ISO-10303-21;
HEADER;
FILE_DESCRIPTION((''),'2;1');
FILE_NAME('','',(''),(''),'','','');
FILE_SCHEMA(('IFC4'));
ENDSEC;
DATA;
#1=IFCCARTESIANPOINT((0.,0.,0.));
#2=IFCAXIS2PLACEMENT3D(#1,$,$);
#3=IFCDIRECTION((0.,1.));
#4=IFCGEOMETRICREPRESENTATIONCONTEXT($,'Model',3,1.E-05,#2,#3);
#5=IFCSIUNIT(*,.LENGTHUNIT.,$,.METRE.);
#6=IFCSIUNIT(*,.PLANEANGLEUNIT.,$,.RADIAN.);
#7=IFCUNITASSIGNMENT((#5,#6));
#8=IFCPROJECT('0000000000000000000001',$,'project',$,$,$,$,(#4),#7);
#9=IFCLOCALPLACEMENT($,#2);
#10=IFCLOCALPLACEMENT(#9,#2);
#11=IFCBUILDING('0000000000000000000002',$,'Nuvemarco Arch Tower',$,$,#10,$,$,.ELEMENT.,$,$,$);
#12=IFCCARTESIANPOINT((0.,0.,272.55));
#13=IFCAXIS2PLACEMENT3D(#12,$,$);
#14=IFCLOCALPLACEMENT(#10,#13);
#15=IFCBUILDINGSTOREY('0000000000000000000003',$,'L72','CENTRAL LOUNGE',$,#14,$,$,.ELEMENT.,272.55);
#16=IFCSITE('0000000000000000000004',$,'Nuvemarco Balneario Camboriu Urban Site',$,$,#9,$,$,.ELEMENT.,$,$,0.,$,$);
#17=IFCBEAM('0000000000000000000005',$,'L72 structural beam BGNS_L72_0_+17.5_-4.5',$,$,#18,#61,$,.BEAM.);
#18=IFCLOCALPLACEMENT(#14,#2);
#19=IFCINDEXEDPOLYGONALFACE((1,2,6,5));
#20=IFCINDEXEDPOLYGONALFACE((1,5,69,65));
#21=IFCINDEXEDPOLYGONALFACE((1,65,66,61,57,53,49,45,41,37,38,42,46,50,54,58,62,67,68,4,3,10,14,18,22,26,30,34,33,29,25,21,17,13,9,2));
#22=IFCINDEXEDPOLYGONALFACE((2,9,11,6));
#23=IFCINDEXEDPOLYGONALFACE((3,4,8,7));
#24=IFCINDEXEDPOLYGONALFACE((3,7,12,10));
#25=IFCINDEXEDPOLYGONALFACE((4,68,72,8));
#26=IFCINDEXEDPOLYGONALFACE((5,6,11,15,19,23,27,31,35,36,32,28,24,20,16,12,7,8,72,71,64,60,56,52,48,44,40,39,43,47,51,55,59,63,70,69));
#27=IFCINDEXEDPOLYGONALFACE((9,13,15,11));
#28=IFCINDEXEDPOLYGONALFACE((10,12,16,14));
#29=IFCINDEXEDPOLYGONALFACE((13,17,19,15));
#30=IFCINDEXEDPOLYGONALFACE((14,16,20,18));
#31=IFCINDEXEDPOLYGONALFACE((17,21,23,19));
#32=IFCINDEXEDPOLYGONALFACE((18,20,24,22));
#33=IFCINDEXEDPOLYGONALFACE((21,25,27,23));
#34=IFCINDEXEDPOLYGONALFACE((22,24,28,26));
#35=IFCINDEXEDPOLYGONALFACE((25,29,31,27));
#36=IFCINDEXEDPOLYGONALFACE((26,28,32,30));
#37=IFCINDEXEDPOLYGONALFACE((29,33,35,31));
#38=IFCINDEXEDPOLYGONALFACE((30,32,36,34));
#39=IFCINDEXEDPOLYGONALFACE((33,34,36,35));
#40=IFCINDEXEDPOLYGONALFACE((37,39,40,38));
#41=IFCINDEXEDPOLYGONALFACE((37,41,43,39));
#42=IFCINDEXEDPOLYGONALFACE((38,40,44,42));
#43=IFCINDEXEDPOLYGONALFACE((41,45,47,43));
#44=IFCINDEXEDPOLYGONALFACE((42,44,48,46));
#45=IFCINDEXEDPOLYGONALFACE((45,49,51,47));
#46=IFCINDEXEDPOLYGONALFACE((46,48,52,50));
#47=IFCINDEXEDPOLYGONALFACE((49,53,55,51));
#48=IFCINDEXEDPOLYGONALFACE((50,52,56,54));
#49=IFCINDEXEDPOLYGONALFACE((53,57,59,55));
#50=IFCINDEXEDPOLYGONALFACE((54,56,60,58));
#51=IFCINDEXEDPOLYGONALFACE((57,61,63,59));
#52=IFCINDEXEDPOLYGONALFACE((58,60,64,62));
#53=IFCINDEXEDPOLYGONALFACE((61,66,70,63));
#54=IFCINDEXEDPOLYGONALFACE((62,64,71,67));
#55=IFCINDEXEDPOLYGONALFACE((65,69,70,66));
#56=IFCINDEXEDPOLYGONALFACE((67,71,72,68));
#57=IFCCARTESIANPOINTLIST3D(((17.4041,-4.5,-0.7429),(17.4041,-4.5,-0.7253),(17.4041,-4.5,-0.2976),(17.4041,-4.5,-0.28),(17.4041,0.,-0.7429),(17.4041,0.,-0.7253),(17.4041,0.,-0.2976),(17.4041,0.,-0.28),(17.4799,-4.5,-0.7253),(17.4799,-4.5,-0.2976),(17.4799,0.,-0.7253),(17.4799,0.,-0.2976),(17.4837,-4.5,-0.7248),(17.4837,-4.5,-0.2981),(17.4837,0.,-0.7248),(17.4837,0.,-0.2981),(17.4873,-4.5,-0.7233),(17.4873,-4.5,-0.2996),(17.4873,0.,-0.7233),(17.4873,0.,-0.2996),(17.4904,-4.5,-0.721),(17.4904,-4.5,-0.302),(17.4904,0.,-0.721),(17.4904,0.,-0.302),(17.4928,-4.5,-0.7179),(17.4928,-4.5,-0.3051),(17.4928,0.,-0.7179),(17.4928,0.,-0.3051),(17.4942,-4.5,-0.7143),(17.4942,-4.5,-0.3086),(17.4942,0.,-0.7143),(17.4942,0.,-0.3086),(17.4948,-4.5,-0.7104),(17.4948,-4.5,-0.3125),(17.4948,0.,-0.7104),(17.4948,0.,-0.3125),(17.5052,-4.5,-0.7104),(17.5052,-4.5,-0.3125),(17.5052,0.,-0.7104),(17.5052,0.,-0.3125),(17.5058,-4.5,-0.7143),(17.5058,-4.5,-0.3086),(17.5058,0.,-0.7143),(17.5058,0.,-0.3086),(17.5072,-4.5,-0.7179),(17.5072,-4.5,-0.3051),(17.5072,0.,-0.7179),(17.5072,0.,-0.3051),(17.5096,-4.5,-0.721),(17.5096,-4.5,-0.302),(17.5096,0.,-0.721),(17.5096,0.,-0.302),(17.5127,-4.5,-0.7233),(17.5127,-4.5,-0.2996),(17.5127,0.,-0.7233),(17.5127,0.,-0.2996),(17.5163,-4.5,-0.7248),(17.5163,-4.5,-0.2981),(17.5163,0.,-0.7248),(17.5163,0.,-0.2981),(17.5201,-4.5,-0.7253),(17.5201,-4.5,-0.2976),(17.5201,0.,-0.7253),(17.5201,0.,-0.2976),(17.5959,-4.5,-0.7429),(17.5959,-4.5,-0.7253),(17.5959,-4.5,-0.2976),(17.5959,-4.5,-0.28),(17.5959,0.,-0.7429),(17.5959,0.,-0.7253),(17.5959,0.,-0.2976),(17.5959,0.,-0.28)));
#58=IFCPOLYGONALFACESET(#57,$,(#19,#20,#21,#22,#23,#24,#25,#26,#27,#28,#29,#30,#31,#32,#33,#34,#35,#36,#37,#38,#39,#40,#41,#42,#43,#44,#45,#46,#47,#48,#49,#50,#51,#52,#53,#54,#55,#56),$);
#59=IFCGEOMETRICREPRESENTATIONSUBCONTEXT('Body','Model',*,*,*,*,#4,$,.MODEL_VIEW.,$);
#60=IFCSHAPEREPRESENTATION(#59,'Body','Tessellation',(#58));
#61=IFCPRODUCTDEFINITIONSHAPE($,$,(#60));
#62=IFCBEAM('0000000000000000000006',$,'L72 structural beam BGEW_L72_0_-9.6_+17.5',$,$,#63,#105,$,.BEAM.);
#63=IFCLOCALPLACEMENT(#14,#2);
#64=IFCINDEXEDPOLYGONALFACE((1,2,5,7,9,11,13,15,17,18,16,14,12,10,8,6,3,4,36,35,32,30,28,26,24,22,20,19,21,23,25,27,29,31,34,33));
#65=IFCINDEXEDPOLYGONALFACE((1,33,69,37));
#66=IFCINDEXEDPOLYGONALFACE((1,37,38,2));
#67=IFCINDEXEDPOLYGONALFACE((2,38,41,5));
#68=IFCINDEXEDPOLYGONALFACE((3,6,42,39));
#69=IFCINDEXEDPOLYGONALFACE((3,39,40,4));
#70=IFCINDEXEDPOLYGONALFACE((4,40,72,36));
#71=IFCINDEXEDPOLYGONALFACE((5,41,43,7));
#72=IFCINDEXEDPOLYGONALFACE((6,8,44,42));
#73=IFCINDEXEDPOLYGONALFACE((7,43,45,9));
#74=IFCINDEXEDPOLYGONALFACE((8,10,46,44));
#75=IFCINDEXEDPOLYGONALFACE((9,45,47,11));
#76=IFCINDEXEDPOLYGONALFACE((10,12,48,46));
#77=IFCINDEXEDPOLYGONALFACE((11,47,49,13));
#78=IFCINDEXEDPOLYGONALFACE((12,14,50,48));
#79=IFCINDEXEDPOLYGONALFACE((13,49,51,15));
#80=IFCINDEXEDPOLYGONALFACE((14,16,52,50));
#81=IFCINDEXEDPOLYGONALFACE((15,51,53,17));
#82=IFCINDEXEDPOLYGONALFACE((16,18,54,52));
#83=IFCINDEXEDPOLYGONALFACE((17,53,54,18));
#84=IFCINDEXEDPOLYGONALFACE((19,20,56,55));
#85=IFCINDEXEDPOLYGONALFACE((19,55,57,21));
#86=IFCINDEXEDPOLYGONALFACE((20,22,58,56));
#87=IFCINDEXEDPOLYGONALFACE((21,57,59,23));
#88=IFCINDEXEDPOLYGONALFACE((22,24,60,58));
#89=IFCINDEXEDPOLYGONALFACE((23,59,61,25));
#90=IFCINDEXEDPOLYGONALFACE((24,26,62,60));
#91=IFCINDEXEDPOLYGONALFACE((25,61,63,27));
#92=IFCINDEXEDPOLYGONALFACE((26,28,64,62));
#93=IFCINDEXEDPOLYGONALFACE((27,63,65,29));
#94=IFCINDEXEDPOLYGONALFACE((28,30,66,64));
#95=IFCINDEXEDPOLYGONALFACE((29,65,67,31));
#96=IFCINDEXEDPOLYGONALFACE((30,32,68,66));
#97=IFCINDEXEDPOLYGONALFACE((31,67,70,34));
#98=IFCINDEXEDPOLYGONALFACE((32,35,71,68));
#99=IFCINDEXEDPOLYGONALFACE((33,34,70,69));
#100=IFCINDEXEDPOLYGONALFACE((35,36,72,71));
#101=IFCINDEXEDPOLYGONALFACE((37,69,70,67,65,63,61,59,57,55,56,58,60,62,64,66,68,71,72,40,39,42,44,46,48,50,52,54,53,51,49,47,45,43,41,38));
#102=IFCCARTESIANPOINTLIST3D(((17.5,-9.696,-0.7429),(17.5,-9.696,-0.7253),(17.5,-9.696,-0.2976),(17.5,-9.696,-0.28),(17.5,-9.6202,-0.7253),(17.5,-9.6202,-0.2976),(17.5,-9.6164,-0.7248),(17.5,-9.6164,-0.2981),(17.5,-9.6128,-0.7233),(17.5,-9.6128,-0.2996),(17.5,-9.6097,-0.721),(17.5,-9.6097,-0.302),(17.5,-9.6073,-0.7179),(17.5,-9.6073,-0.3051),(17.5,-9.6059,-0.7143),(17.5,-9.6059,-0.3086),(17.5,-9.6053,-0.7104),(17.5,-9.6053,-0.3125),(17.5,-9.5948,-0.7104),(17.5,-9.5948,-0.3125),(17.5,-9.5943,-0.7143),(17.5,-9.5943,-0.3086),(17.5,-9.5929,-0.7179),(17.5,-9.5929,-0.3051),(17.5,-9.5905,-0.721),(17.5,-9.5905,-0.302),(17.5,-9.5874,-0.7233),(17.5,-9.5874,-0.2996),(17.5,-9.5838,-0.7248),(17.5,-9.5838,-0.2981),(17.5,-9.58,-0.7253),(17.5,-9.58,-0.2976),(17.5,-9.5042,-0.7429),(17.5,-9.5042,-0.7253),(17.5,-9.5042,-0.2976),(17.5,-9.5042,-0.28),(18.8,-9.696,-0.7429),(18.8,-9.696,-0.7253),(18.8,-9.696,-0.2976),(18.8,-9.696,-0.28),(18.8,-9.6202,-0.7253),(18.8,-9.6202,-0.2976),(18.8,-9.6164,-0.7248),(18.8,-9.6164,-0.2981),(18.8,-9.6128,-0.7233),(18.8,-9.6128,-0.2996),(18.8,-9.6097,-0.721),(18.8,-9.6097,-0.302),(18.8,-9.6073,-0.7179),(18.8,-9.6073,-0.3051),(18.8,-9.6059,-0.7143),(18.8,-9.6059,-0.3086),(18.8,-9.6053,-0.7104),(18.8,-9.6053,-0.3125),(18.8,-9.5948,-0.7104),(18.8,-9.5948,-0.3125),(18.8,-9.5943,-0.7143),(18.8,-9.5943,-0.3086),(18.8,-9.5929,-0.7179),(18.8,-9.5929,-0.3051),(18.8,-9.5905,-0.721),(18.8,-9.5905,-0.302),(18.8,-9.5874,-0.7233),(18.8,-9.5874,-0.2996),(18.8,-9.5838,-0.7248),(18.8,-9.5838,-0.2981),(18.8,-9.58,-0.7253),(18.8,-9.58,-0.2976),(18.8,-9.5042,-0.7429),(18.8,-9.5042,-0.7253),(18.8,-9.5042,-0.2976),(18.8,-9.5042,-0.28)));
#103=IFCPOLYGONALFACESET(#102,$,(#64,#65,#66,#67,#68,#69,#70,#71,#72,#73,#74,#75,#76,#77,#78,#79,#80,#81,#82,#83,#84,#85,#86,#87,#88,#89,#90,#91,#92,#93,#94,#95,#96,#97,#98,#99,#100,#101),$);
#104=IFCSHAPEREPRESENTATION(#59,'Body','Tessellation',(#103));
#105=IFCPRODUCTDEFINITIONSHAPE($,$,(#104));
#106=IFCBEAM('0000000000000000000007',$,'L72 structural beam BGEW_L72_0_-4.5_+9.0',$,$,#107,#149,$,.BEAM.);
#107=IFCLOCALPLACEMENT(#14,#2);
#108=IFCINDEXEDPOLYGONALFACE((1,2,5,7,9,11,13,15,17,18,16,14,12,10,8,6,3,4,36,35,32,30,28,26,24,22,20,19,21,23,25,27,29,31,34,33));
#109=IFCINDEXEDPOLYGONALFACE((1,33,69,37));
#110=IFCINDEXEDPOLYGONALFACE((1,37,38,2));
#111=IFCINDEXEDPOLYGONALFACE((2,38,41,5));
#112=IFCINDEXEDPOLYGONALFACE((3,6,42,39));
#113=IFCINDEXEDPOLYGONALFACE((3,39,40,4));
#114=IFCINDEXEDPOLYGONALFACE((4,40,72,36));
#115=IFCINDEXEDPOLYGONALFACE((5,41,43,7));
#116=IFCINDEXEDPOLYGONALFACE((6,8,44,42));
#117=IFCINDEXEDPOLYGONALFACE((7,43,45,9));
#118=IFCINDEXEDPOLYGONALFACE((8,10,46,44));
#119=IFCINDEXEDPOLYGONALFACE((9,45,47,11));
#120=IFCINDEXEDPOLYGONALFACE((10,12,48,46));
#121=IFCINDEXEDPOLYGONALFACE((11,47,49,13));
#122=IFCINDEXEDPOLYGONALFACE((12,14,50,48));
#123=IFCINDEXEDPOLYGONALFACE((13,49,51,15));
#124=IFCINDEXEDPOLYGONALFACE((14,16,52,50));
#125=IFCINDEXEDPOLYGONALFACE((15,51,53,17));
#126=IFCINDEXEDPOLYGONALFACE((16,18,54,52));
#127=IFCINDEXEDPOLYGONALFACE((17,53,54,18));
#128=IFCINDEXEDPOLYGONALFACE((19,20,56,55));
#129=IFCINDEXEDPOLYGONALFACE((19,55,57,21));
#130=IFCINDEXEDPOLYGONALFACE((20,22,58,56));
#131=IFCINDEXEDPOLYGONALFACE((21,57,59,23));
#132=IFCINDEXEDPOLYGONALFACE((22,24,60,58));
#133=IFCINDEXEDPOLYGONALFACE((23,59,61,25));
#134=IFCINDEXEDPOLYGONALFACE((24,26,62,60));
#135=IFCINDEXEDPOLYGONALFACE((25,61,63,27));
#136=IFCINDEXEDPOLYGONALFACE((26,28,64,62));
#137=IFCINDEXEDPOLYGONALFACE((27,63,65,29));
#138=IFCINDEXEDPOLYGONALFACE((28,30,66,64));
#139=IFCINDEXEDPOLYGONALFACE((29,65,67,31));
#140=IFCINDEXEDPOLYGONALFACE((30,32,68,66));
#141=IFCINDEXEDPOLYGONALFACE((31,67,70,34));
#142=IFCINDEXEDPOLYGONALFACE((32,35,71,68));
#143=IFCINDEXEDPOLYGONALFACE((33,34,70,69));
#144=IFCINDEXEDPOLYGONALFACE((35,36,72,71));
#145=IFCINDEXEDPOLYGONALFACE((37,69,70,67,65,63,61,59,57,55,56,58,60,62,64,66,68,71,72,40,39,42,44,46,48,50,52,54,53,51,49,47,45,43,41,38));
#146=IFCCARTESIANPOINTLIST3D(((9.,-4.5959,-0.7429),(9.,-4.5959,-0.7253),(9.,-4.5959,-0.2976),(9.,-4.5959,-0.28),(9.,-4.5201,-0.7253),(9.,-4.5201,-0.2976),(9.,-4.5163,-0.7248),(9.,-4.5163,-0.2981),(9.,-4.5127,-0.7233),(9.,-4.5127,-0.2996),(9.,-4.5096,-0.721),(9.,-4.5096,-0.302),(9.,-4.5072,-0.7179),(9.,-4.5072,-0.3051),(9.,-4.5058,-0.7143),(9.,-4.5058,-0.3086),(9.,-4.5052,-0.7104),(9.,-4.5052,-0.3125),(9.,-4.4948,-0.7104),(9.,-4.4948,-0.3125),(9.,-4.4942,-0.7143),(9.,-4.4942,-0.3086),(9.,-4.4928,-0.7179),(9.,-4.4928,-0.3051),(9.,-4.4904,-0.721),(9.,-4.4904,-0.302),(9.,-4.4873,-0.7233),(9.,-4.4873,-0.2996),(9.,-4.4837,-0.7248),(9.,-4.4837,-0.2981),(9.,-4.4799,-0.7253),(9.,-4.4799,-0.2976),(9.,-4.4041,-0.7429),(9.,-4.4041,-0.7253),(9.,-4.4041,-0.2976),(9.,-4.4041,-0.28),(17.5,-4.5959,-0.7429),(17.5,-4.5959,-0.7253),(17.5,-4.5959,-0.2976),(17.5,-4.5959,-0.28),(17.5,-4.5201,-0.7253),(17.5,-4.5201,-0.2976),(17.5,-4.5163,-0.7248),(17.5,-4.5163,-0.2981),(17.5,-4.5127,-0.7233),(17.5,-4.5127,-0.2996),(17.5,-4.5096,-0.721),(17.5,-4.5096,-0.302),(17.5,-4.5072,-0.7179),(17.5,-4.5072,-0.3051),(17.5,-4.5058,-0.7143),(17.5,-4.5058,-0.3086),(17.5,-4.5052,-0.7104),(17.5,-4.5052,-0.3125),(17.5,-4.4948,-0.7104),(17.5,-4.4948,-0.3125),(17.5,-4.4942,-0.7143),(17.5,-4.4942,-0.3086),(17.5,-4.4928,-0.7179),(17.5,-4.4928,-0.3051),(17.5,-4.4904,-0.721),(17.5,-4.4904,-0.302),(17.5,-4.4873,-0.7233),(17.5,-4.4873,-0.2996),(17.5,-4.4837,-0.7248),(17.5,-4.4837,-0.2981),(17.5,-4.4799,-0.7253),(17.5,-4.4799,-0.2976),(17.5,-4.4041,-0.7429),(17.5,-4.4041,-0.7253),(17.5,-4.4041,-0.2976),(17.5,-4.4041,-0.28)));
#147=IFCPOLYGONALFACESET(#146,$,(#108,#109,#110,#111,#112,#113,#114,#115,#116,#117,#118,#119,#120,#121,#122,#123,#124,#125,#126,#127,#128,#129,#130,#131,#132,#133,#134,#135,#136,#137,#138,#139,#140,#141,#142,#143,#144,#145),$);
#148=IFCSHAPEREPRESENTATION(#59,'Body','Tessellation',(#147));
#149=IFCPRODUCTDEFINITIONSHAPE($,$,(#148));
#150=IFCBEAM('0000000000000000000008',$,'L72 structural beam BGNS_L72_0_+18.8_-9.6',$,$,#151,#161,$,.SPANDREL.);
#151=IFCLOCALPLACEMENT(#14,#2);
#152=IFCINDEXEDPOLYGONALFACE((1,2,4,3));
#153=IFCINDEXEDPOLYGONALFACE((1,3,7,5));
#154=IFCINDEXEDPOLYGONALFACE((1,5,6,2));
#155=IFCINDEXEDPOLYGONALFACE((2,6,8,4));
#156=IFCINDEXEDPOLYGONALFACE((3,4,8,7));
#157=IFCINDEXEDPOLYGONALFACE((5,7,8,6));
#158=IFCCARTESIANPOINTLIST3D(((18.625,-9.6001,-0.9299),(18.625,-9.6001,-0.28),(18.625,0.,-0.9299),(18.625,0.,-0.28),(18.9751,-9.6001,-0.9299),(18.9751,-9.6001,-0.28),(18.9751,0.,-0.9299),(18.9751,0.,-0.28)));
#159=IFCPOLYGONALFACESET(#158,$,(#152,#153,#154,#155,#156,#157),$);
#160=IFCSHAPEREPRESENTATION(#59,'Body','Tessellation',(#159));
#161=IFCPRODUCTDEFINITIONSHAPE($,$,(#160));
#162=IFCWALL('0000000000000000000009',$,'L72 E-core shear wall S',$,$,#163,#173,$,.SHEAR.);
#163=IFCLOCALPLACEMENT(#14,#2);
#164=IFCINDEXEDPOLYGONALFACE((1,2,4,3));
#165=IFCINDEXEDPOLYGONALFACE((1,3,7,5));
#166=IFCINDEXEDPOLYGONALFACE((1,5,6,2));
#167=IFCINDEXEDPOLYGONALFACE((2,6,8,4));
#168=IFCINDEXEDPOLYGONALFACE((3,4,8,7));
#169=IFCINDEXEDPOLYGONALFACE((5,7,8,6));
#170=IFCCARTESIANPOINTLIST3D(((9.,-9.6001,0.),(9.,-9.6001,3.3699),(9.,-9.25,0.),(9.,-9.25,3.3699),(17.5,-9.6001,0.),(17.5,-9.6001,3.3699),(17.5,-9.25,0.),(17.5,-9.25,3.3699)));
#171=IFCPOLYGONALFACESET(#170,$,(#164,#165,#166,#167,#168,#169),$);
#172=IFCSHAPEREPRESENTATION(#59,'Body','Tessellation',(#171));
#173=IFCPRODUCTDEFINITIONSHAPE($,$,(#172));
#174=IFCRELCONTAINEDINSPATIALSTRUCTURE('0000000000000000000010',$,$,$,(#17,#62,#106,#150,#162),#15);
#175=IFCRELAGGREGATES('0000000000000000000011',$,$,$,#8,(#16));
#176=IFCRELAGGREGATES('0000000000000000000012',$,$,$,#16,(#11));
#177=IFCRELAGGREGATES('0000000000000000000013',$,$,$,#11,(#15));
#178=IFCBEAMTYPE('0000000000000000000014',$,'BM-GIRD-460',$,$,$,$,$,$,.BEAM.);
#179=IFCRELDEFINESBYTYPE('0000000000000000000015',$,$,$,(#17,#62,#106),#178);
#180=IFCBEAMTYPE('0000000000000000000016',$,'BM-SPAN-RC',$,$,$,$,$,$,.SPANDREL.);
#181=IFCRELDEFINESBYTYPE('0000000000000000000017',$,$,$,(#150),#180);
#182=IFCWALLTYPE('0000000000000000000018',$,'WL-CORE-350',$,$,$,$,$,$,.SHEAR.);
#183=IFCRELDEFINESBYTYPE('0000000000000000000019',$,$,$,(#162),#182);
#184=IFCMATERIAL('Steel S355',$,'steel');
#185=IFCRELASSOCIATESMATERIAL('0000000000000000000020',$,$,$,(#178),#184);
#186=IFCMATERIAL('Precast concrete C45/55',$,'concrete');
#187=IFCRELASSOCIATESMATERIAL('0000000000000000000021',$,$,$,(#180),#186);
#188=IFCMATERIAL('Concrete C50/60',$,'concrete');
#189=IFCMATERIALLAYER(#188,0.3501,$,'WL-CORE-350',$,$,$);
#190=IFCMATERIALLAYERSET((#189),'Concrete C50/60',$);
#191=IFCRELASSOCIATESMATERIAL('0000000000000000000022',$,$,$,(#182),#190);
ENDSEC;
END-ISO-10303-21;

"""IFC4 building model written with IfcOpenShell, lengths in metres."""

from ifc_helpers import new_model, si_unit, direction, frame, frame_2d, origin, origin_2d, place, context, subcontext, project, spatial, rectangle, i_section, extrude, material, layer, layer_set, material_profile, profile_set, type_object, element, save


model = new_model("IFC4")

# Units and contexts
model_context = context("Model", 3, precision=1e-05, world=origin(), true_north=direction((0.0, 1.0)))
body_context = subcontext(model_context, "Body", "Model", "MODEL_VIEW")
ifc_project = project(units=[si_unit("LENGTHUNIT", "METRE"), si_unit("PLANEANGLEUNIT", "RADIAN")], contexts=[model_context])

# Site, building, storey
site_placement = place(None, origin())
site = spatial("IfcSite", under=ifc_project, at=site_placement, Name="Nuvemarco Balneario Camboriu Urban Site", CompositionType="ELEMENT", RefElevation=0.0)
building_placement = place(site_placement, origin())
building = spatial("IfcBuilding", under=site, at=building_placement, Name="Nuvemarco Arch Tower", CompositionType="ELEMENT")
storey_placement = place(building_placement, frame((0.0, 0.0, 272.55)))
storey = spatial("IfcBuildingStorey", under=building, at=storey_placement, Name="L72", Description="CENTRAL LOUNGE", CompositionType="ELEMENT", Elevation=272.55)

# Shared definitions
ifc_material_1 = material(Name="Concrete C50/60", Category="concrete")
ifc_material_2 = material(Name="Steel S355", Category="steel")

# Beams
ifc_material_profile_1 = material_profile(ifc_material_2, i_section(OverallWidth=0.1919, OverallDepth=0.4629, WebThickness=0.0105, FlangeThickness=0.0176, FilletRadius=0.0149, at=origin_2d()), Name="W460x89")
ifc_profile_set_1 = profile_set([ifc_material_profile_1], Name="Steel S355")
beam_type_1 = type_object("IfcBeamType", Name="BM-GIRD-460", PredefinedType="BEAM", material=ifc_profile_set_1)
beam_1_placement = place(storey_placement, frame((17.5, -4.5, -0.5115), z_axis=(0.0, 1.0, 0.0), x_axis=(-1.0, 0.0, 0.0)))
element("IfcBeam", 1, at=beam_1_placement, inside=storey, type_object=beam_type_1, Name="L72 structural beam BGNS_L72_0_+17.5_-4.5", PredefinedType="BEAM", context=body_context, shape_type="SweptSolid", body=[
    extrude(i_section(OverallWidth=0.1919, OverallDepth=0.4629, WebThickness=0.0105, FlangeThickness=0.0176, FilletRadius=0.0149, at=origin_2d()), origin(), (0.0, 0.0, 1.0), 4.5),
])
beam_2_placement = place(storey_placement, frame((17.5, -9.6001, -0.5115), z_axis=(1.0, 0.0, 0.0), x_axis=(0.0, 1.0, 0.0)))
element("IfcBeam", 2, at=beam_2_placement, inside=storey, type_object=beam_type_1, Name="L72 structural beam BGEW_L72_0_-9.6_+17.5", PredefinedType="BEAM", context=body_context, shape_type="SweptSolid", body=[
    extrude(i_section(OverallWidth=0.1919, OverallDepth=0.4629, WebThickness=0.0105, FlangeThickness=0.0176, FilletRadius=0.0149, at=origin_2d()), origin(), (0.0, 0.0, 1.0), 1.3),
])
beam_3_placement = place(storey_placement, frame((9.0, -4.5, -0.5115), z_axis=(1.0, 0.0, 0.0), x_axis=(0.0, 1.0, 0.0)))
element("IfcBeam", 3, at=beam_3_placement, inside=storey, type_object=beam_type_1, Name="L72 structural beam BGEW_L72_0_-4.5_+9.0", PredefinedType="BEAM", context=body_context, shape_type="SweptSolid", body=[
    extrude(i_section(OverallWidth=0.1919, OverallDepth=0.4629, WebThickness=0.0105, FlangeThickness=0.0176, FilletRadius=0.0149, at=origin_2d()), origin(), (0.0, 0.0, 1.0), 8.5),
])
ifc_material_3 = material(Name="Precast concrete C45/55", Category="concrete")
ifc_material_profile_2 = material_profile(ifc_material_3, rectangle(XDim=0.3501, YDim=0.6499, at=origin_2d()), Name="PC-SP-350x650")
ifc_profile_set_2 = profile_set([ifc_material_profile_2], Name="Precast concrete C45/55")
beam_type_2 = type_object("IfcBeamType", Name="BM-SPAN-RC", PredefinedType="SPANDREL", material=ifc_profile_set_2)
beam_4_placement = place(storey_placement, frame((18.8, -9.6001, -0.605), z_axis=(0.0, 1.0, 0.0), x_axis=(-1.0, 0.0, 0.0)))
element("IfcBeam", 4, at=beam_4_placement, inside=storey, type_object=beam_type_2, Name="L72 structural beam BGNS_L72_0_+18.8_-9.6", PredefinedType="SPANDREL", context=body_context, shape_type="SweptSolid", body=[
    extrude(rectangle(XDim=0.3501, YDim=0.6499, at=origin_2d()), origin(), (0.0, 0.0, 1.0), 9.6001),
])

# Wall
ifc_layer_1 = layer(ifc_material_1, 0.3501, Name="WL-CORE-350")
ifc_layer_set_1 = layer_set([ifc_layer_1], Name="Concrete C50/60")
wall_type_1 = type_object("IfcWallType", Name="WL-CORE-350", PredefinedType="SHEAR", material=ifc_layer_set_1)
wall_1_placement = place(storey_placement, frame((9.0, -9.425, 0.0), z_axis=(0.0, 0.0, 1.0), x_axis=(1.0, 0.0, 0.0)))
element("IfcWall", 5, at=wall_1_placement, inside=storey, type_object=wall_type_1, Name="L72 E-core shear wall S", PredefinedType="SHEAR", context=body_context, shape_type="SweptSolid", body=[
    extrude(rectangle(XDim=8.5, YDim=0.3501, at=frame_2d((4.25, 0.0))), origin(), (0.0, 0.0, 1.0), 3.3699),
])

save(model, "model.ifc")
